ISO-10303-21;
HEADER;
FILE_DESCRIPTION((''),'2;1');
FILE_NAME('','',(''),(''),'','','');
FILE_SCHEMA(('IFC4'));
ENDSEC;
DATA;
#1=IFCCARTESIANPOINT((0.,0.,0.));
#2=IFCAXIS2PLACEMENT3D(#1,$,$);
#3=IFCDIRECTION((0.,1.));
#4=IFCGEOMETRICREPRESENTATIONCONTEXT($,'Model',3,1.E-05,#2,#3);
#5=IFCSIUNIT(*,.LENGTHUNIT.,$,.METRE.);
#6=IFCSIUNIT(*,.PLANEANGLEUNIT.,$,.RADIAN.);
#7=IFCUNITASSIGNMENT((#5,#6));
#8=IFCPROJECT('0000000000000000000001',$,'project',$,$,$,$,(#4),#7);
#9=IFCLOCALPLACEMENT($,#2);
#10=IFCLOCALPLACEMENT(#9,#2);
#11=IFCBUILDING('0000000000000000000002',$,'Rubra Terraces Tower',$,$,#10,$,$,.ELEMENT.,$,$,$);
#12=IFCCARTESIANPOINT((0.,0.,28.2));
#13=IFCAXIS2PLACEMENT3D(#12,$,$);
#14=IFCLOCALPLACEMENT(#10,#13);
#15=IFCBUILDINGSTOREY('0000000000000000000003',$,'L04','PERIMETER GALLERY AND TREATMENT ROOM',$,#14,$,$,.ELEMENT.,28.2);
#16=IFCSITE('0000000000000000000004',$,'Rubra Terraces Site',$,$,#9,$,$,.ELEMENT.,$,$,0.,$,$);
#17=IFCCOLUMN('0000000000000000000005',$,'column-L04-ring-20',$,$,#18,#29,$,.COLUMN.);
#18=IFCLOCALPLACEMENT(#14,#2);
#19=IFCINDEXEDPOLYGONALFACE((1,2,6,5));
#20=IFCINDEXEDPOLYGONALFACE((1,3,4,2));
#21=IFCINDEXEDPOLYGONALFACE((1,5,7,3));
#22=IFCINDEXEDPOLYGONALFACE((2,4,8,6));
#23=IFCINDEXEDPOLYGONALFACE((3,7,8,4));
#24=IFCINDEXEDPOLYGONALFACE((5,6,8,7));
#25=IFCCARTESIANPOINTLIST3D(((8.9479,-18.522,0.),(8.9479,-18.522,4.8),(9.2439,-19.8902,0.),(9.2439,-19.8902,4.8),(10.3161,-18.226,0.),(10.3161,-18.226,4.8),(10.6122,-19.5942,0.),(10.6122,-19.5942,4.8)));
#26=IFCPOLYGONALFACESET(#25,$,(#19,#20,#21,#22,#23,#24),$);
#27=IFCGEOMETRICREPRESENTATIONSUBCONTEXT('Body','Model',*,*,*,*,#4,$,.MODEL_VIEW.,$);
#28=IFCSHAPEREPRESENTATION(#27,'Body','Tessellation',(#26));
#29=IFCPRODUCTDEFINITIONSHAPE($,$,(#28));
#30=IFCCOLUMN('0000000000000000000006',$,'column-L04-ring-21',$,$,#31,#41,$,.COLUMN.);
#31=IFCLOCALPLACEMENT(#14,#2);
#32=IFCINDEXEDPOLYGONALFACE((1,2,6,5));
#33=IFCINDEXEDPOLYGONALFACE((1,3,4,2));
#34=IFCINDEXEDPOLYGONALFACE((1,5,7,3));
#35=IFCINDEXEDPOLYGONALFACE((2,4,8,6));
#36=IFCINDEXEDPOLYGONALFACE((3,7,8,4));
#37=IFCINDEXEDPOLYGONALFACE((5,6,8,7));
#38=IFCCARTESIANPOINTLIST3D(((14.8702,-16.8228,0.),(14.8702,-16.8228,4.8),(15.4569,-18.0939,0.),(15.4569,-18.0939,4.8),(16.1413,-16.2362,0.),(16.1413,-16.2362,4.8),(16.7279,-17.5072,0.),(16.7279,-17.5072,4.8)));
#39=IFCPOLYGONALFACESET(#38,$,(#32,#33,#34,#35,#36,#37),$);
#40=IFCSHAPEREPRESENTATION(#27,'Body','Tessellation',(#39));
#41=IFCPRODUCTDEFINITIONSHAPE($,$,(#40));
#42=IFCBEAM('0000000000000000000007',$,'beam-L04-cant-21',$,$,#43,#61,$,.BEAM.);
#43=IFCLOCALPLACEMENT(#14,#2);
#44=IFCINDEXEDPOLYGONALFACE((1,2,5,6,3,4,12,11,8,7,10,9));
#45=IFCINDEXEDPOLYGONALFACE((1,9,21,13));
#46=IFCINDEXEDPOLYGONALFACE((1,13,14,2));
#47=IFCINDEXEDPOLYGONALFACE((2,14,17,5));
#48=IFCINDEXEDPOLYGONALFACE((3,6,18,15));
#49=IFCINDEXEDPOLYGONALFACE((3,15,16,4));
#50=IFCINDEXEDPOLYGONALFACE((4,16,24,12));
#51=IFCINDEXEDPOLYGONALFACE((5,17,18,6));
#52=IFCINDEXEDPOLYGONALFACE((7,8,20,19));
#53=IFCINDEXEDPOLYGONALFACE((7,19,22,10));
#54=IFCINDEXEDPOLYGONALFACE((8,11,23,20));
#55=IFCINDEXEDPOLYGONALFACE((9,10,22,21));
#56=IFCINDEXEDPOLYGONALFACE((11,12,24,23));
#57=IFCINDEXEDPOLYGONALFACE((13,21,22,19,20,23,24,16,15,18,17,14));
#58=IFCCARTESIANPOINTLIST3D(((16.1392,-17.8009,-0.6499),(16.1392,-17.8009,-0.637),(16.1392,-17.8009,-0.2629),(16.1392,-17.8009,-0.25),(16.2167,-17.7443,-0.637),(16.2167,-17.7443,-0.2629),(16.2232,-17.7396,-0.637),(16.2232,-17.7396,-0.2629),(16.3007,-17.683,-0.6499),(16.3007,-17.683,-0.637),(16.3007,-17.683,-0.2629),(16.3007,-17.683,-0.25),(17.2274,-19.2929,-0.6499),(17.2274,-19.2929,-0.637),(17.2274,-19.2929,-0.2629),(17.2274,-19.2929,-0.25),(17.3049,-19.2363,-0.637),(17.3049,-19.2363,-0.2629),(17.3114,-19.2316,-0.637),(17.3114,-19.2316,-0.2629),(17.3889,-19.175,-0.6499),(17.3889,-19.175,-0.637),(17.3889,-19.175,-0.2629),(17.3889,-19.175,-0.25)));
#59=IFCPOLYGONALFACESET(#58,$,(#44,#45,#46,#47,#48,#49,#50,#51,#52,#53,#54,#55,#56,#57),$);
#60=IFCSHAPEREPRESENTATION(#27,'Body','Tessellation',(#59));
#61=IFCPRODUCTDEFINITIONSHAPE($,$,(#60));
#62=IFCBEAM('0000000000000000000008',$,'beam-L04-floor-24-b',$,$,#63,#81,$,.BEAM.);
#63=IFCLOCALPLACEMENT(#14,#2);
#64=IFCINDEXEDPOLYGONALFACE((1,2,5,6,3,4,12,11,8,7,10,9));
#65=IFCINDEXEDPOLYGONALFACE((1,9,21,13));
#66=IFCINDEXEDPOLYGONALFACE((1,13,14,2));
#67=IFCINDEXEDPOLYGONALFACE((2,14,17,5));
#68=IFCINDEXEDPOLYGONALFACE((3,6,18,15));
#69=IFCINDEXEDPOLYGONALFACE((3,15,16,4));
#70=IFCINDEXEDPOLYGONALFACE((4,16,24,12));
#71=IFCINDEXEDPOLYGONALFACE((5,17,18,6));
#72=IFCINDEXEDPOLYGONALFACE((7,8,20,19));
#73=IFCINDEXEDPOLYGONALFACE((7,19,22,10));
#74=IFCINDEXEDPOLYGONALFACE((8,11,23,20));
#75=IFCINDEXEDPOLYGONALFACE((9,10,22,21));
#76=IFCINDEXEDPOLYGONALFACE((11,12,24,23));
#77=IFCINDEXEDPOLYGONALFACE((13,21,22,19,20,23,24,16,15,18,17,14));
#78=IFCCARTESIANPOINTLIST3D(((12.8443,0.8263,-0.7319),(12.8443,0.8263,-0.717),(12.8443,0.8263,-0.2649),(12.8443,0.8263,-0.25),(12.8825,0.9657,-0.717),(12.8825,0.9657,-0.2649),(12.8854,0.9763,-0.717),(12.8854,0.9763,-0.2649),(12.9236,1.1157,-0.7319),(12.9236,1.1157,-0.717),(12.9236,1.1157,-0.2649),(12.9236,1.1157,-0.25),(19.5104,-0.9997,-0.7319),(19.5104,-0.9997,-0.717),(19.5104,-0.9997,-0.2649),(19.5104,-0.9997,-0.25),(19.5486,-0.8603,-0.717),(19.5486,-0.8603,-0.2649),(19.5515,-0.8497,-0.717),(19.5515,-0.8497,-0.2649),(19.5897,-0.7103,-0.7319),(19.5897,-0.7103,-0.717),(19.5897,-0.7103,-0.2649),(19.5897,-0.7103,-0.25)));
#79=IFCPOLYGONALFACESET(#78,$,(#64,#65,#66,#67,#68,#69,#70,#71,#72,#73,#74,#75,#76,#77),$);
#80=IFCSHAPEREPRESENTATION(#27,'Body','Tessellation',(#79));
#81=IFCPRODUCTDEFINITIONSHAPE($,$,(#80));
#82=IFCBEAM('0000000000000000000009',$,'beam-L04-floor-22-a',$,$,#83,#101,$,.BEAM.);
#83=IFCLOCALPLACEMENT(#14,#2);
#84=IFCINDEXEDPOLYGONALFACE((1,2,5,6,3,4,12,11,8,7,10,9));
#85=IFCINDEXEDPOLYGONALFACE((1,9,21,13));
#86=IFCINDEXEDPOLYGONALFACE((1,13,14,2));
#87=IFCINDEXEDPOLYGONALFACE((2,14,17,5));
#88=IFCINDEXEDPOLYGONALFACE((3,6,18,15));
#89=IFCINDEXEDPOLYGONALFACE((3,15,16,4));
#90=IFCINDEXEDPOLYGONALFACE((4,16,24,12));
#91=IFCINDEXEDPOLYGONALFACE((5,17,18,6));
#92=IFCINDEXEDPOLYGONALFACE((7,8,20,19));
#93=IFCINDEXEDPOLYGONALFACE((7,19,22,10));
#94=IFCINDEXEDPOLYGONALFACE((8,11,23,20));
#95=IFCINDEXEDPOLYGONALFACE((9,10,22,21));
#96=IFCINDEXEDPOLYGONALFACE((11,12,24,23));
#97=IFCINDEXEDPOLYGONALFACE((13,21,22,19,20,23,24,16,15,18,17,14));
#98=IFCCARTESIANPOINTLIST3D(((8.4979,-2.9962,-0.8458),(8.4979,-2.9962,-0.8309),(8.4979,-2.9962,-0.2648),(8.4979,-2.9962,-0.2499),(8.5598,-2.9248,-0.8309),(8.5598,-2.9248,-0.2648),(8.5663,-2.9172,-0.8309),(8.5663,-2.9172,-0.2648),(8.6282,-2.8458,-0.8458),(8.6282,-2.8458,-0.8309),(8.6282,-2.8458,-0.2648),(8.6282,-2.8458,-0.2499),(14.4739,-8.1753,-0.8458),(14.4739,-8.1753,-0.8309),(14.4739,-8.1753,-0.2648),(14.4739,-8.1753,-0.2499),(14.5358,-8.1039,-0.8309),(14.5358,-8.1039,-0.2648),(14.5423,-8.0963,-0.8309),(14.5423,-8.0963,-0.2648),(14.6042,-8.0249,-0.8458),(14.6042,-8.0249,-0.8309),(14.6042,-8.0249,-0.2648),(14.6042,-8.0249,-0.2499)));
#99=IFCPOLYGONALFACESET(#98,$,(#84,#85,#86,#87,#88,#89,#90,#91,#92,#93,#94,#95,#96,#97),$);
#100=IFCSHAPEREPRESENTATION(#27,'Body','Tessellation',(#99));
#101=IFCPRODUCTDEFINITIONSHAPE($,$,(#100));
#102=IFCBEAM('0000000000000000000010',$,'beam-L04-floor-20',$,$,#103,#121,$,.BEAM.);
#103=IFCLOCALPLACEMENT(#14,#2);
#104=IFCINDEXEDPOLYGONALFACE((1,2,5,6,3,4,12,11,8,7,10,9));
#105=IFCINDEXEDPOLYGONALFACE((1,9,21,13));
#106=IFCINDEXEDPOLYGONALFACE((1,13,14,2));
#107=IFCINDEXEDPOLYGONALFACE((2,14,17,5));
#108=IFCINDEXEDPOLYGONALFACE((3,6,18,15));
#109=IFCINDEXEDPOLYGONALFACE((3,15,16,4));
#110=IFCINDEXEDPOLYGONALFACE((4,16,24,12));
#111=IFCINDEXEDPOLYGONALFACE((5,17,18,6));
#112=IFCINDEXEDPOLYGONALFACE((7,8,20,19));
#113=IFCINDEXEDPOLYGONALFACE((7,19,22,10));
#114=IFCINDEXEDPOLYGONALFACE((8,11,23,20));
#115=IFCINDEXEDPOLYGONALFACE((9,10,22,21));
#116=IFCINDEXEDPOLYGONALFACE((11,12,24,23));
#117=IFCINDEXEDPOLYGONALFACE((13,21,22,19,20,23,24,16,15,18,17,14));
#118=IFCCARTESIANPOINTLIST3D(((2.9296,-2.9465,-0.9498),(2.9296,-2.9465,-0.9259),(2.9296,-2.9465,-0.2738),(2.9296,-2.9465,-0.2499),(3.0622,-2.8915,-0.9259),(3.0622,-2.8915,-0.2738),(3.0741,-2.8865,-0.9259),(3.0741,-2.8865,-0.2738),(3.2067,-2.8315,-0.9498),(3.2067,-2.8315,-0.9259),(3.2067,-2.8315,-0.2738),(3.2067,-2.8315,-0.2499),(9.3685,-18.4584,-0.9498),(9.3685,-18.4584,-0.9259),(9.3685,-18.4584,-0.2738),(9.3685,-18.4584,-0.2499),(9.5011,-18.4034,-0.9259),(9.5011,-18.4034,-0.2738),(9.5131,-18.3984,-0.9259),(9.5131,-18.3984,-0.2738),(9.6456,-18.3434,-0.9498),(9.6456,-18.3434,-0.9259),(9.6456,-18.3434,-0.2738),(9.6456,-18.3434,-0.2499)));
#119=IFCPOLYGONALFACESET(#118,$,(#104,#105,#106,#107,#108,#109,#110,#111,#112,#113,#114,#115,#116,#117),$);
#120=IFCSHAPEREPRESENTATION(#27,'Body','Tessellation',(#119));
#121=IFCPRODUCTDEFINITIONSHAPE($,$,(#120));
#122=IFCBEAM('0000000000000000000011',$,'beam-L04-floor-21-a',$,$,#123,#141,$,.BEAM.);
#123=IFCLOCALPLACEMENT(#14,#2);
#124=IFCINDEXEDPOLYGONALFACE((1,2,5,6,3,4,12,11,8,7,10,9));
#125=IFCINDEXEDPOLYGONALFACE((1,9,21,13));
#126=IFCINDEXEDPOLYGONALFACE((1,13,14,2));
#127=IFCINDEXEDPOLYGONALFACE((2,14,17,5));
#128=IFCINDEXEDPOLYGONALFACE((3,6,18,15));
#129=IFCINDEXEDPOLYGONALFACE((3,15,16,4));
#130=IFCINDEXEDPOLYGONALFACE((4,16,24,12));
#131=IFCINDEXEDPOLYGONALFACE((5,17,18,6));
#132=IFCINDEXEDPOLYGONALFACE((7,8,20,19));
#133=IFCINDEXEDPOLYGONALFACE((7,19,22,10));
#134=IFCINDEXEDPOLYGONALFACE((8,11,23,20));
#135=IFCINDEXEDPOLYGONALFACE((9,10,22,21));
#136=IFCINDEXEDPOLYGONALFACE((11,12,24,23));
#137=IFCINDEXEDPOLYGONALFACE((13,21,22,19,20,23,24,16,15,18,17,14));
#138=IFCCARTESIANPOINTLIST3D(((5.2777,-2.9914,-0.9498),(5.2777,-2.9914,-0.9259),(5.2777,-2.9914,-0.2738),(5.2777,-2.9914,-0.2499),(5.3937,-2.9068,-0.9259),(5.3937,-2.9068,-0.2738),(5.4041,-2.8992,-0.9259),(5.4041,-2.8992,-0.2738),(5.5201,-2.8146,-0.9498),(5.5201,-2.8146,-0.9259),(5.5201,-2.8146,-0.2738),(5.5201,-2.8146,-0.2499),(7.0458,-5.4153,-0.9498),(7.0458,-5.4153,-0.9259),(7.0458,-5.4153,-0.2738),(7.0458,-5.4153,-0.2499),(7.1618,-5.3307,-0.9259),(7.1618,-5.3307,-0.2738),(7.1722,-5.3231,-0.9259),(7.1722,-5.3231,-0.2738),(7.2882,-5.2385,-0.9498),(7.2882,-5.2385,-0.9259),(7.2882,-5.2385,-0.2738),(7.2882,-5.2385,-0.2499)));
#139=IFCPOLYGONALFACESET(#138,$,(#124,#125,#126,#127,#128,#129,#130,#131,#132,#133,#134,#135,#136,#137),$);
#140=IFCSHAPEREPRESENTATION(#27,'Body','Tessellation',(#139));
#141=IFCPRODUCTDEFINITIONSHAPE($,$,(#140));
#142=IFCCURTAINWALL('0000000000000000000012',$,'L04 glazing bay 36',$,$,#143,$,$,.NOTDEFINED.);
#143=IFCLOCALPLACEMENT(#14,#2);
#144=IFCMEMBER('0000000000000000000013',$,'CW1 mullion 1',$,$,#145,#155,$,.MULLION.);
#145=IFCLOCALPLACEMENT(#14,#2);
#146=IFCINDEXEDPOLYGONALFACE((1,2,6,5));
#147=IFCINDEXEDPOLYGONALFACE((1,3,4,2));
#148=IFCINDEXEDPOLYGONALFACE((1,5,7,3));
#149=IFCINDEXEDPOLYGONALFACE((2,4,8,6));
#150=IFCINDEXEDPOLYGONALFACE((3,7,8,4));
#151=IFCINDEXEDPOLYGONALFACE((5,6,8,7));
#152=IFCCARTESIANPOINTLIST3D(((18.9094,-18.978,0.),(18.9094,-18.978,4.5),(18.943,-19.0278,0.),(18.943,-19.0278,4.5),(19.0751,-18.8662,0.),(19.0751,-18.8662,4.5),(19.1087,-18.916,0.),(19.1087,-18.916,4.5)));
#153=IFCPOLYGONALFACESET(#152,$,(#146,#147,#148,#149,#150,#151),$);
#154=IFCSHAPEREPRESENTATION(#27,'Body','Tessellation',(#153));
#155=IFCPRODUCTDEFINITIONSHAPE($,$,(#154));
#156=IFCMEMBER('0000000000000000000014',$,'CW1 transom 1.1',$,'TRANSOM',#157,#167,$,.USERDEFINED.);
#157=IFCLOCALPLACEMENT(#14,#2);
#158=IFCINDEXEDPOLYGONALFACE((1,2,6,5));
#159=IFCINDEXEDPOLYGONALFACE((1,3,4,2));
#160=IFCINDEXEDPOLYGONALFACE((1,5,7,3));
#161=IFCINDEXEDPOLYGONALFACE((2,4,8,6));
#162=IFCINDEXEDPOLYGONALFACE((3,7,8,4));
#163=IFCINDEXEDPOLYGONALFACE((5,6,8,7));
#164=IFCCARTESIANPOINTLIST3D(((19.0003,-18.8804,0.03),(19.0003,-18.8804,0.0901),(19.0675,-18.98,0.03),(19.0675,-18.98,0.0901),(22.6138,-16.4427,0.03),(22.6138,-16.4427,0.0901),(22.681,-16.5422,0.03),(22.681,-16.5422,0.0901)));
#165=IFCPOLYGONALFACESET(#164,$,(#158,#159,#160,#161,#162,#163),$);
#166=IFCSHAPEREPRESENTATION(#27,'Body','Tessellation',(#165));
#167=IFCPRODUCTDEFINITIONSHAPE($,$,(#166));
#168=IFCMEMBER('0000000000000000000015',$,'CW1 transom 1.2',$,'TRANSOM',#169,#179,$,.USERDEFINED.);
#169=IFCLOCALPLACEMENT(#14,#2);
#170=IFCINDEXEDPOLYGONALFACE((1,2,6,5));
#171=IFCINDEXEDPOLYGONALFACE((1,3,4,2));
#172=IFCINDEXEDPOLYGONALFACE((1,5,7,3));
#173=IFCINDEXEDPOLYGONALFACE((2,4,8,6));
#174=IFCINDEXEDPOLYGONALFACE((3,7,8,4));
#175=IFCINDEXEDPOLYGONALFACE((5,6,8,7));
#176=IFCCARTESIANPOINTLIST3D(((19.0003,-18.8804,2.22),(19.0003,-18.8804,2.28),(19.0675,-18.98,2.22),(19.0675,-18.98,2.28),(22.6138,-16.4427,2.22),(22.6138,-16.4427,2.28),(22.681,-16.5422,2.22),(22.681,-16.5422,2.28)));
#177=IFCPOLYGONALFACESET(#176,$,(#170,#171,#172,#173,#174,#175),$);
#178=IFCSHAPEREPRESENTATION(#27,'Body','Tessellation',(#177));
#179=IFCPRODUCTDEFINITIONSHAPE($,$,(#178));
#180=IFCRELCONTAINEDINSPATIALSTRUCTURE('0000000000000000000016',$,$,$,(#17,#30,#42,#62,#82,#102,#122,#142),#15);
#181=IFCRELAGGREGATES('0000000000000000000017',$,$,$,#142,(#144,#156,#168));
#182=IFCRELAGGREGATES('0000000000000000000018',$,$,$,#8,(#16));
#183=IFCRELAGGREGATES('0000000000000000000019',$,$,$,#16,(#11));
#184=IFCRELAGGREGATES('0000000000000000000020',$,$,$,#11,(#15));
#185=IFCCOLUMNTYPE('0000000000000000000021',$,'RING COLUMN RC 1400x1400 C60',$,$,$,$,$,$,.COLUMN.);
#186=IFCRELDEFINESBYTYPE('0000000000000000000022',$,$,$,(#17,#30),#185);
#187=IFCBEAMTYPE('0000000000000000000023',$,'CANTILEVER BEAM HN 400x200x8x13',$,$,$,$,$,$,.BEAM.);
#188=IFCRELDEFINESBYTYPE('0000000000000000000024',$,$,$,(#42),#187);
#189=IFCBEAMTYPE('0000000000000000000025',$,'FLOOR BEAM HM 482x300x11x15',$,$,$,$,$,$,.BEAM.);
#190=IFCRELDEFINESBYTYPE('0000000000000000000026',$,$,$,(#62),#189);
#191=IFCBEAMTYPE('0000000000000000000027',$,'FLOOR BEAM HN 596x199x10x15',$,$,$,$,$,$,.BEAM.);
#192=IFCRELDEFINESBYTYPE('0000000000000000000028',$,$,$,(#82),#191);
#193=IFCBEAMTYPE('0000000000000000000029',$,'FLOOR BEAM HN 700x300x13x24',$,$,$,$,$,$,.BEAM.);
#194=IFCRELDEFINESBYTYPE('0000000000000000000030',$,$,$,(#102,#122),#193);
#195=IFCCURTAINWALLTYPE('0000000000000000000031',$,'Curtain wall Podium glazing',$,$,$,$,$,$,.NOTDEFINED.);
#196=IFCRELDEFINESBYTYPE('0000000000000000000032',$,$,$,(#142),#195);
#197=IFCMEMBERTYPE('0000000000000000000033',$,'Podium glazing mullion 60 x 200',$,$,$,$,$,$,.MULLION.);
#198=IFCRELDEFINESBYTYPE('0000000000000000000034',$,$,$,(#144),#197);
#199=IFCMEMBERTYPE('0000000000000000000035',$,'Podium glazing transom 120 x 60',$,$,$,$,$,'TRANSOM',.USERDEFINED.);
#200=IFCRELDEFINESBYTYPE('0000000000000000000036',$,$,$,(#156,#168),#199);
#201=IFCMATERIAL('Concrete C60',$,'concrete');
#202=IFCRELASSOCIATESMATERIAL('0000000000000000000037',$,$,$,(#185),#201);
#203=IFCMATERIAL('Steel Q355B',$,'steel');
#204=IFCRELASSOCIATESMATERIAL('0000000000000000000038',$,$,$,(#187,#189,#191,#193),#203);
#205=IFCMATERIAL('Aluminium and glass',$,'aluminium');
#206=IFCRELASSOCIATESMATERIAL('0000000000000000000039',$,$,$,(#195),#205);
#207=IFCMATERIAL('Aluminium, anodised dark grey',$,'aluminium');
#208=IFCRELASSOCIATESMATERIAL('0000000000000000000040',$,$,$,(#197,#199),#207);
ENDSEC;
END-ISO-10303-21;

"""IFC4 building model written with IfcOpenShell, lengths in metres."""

from ifc_helpers import new_model, si_unit, direction, frame, origin, origin_2d, place, context, subcontext, project, spatial, rectangle, i_section, extrude, material, material_profile, profile_set, type_object, element, aggregate, save


model = new_model("IFC4")

# Units and contexts
model_context = context("Model", 3, precision=1e-05, world=origin(), true_north=direction((0.0, 1.0)))
body_context = subcontext(model_context, "Body", "Model", "MODEL_VIEW")
ifc_project = project(units=[si_unit("LENGTHUNIT", "METRE"), si_unit("PLANEANGLEUNIT", "RADIAN")], contexts=[model_context])

# Site, building, storey
site_placement = place(None, origin())
site = spatial("IfcSite", under=ifc_project, at=site_placement, Name="Rubra Terraces Site", CompositionType="ELEMENT", RefElevation=0.0)
building_placement = place(site_placement, origin())
building = spatial("IfcBuilding", under=site, at=building_placement, Name="Rubra Terraces Tower", CompositionType="ELEMENT")
storey_placement = place(building_placement, frame((0.0, 0.0, 28.2)))
storey = spatial("IfcBuildingStorey", under=building, at=storey_placement, Name="L04", Description="PERIMETER GALLERY AND TREATMENT ROOM", CompositionType="ELEMENT", Elevation=28.2)

# Columns
ifc_material_1 = material(Name="Concrete C60", Category="concrete")
ifc_material_profile_1 = material_profile(ifc_material_1, rectangle(XDim=1.3999, YDim=1.3999, at=origin_2d()), Name="RC 1400x1400")
ifc_profile_set_1 = profile_set([ifc_material_profile_1], Name="Concrete C60")
column_type = type_object("IfcColumnType", Name="RING COLUMN RC 1400x1400 C60", PredefinedType="COLUMN", material=ifc_profile_set_1)
for number, where, z_axis, x_axis, name in (
    (1, (9.78, -19.0581, 0.0), (0.0, 0.0, 1.0), (0.977386, 0.211462, 0.0), "column-L04-ring-20"),
    (2, (15.7991, -17.165, 0.0), (0.0, 0.0, 1.0), (0.907952, 0.419073, 0.0), "column-L04-ring-21"),
):
    element("IfcColumn", number, at=place(storey_placement, frame(where, z_axis=z_axis, x_axis=x_axis)), inside=storey, type_object=column_type, Name=name, PredefinedType="COLUMN", context=body_context, shape_type="SweptSolid", body=[
        extrude(rectangle(XDim=1.3999, YDim=1.3999, at=origin_2d()), origin(), (0.0, 0.0, 1.0), 4.8),
    ])

# Beams
ifc_material_2 = material(Name="Steel Q355B", Category="steel")
ifc_material_profile_2 = material_profile(ifc_material_2, i_section(OverallWidth=0.2, OverallDepth=0.3999, WebThickness=0.0081, FlangeThickness=0.0129, at=origin_2d()), Name="HN 400x200x8x13")
ifc_profile_set_2 = profile_set([ifc_material_profile_2], Name="Steel Q355B")
beam_type_1 = type_object("IfcBeamType", Name="CANTILEVER BEAM HN 400x200x8x13", PredefinedType="BEAM", material=ifc_profile_set_2)
beam_1_placement = place(storey_placement, frame((16.22, -17.7419, -0.45), z_axis=(0.589264, -0.807941, 0.0), x_axis=(0.807941, 0.589264, 0.0)))
element("IfcBeam", 3, at=beam_1_placement, inside=storey, type_object=beam_type_1, Name="beam-L04-cant-21", PredefinedType="BEAM", context=body_context, shape_type="SweptSolid", body=[
    extrude(i_section(OverallWidth=0.2, OverallDepth=0.3999, WebThickness=0.0081, FlangeThickness=0.0129, at=origin_2d()), origin(), (0.0, 0.0, 1.0), 1.8467),
])
ifc_material_profile_3 = material_profile(ifc_material_2, i_section(OverallWidth=0.3, OverallDepth=0.4819, WebThickness=0.011, FlangeThickness=0.0149, at=origin_2d()), Name="HM 482x300x11x15")
ifc_profile_set_3 = profile_set([ifc_material_profile_3], Name="Steel Q355B")
beam_type_2 = type_object("IfcBeamType", Name="FLOOR BEAM HM 482x300x11x15", PredefinedType="BEAM", material=ifc_profile_set_3)
beam_2_placement = place(storey_placement, frame((19.55, -0.855, -0.491), z_axis=(-0.964472, 0.264184, 0.0), x_axis=(-0.264184, -0.964472, 0.0)))
element("IfcBeam", 4, at=beam_2_placement, inside=storey, type_object=beam_type_2, Name="beam-L04-floor-24-b", PredefinedType="BEAM", context=body_context, shape_type="SweptSolid", body=[
    extrude(i_section(OverallWidth=0.3, OverallDepth=0.4819, WebThickness=0.011, FlangeThickness=0.0149, at=origin_2d()), origin(), (0.0, 0.0, 1.0), 6.9116),
])
ifc_material_profile_4 = material_profile(ifc_material_2, i_section(OverallWidth=0.199, OverallDepth=0.5959, WebThickness=0.01, FlangeThickness=0.0149, at=origin_2d()), Name="HN 596x199x10x15")
ifc_profile_set_4 = profile_set([ifc_material_profile_4], Name="Steel Q355B")
beam_type_3 = type_object("IfcBeamType", Name="FLOOR BEAM HN 596x199x10x15", PredefinedType="BEAM", material=ifc_profile_set_4)
beam_3_placement = place(storey_placement, frame((14.5391, -8.1001, -0.5479), z_axis=(-0.755693, 0.654926, 0.0), x_axis=(-0.654926, -0.755693, 0.0)))
element("IfcBeam", 5, at=beam_3_placement, inside=storey, type_object=beam_type_3, Name="beam-L04-floor-22-a", PredefinedType="BEAM", context=body_context, shape_type="SweptSolid", body=[
    extrude(i_section(OverallWidth=0.199, OverallDepth=0.5959, WebThickness=0.01, FlangeThickness=0.0149, at=origin_2d()), origin(), (0.0, 0.0, 1.0), 7.908),
])
ifc_material_profile_5 = material_profile(ifc_material_2, i_section(OverallWidth=0.3, OverallDepth=0.7, WebThickness=0.0129, FlangeThickness=0.0239, at=origin_2d()), Name="HN 700x300x13x24")
ifc_profile_set_5 = profile_set([ifc_material_profile_5], Name="Steel Q355B")
beam_type_4 = type_object("IfcBeamType", Name="FLOOR BEAM HN 700x300x13x24", PredefinedType="BEAM", material=ifc_profile_set_5)
beam_4_placement = place(storey_placement, frame((9.5071, -18.4009, -0.5999), z_axis=(-0.38338, 0.923591, 0.0), x_axis=(-0.923591, -0.38338, 0.0)))
element("IfcBeam", 6, at=beam_4_placement, inside=storey, type_object=beam_type_4, Name="beam-L04-floor-20", PredefinedType="BEAM", context=body_context, shape_type="SweptSolid", body=[
    extrude(i_section(OverallWidth=0.3, OverallDepth=0.7, WebThickness=0.0129, FlangeThickness=0.0239, at=origin_2d()), origin(), (0.0, 0.0, 1.0), 16.7952),
])
beam_5_placement = place(storey_placement, frame((7.167, -5.3269, -0.5999), z_axis=(-0.589323, 0.807898, 0.0), x_axis=(-0.807898, -0.589323, 0.0)))
element("IfcBeam", 7, at=beam_5_placement, inside=storey, type_object=beam_type_4, Name="beam-L04-floor-21-a", PredefinedType="BEAM", context=body_context, shape_type="SweptSolid", body=[
    extrude(i_section(OverallWidth=0.3, OverallDepth=0.7, WebThickness=0.0129, FlangeThickness=0.0239, at=origin_2d()), origin(), (0.0, 0.0, 1.0), 3.0002),
])

# Curtain wall, members
ifc_material_3 = material(Name="Aluminium and glass", Category="aluminium")
curtain_wall_type = type_object("IfcCurtainWallType", Name="Curtain wall Podium glazing", PredefinedType="NOTDEFINED", material=ifc_material_3)
curtain_wall_placement = place(storey_placement, origin())
curtain_wall = element("IfcCurtainWall", 8, at=curtain_wall_placement, inside=storey, type_object=curtain_wall_type, Name="L04 glazing bay 36", PredefinedType="NOTDEFINED")
ifc_material_4 = material(Name="Aluminium, anodised dark grey", Category="aluminium")
ifc_material_profile_6 = material_profile(ifc_material_4, rectangle(XDim=0.0601, YDim=0.2, at=origin_2d()), Name="AL 60x200")
ifc_profile_set_6 = profile_set([ifc_material_profile_6], Name="Aluminium, anodised dark grey")
member_type_1 = type_object("IfcMemberType", Name="Podium glazing mullion 60 x 200", PredefinedType="MULLION", material=ifc_profile_set_6)
member_1_placement = place(storey_placement, frame((19.009, -18.947, 0.0), z_axis=(0.0, 0.0, 1.0), x_axis=(-0.559277, 0.828981, 0.0)))
member_1 = element("IfcMember", 9, at=member_1_placement, type_object=member_type_1, Name="CW1 mullion 1", PredefinedType="MULLION", context=body_context, shape_type="SweptSolid", body=[
    extrude(rectangle(XDim=0.0601, YDim=0.2, at=origin_2d()), origin(), (0.0, 0.0, 1.0), 4.5),
])
ifc_material_profile_7 = material_profile(ifc_material_4, rectangle(XDim=0.1201, YDim=0.0601, at=origin_2d()), Name="AL 120x60")
ifc_profile_set_7 = profile_set([ifc_material_profile_7], Name="Aluminium, anodised dark grey")
member_type_2 = type_object("IfcMemberType", Name="Podium glazing transom 120 x 60", ElementType="TRANSOM", PredefinedType="USERDEFINED", material=ifc_profile_set_7)
member_2_placement = place(storey_placement, frame((19.0339, -18.9302, 0.0601), z_axis=(0.828996, 0.559254, 0.0), x_axis=(-0.559254, 0.828996, 0.0)))
member_2 = element("IfcMember", 10, at=member_2_placement, type_object=member_type_2, Name="CW1 transom 1.1", ObjectType="TRANSOM", PredefinedType="USERDEFINED", context=body_context, shape_type="SweptSolid", body=[
    extrude(rectangle(XDim=0.1201, YDim=0.0601, at=origin_2d()), origin(), (0.0, 0.0, 1.0), 4.3589),
])
member_3_placement = place(storey_placement, frame((19.0339, -18.9302, 2.25), z_axis=(0.828996, 0.559254, 0.0), x_axis=(-0.559254, 0.828996, 0.0)))
member_3 = element("IfcMember", 11, at=member_3_placement, type_object=member_type_2, Name="CW1 transom 1.2", ObjectType="TRANSOM", PredefinedType="USERDEFINED", context=body_context, shape_type="SweptSolid", body=[
    extrude(rectangle(XDim=0.1201, YDim=0.0601, at=origin_2d()), origin(), (0.0, 0.0, 1.0), 4.3589),
])
aggregate(curtain_wall, [member_1, member_2, member_3])

save(model, "model.ifc")
